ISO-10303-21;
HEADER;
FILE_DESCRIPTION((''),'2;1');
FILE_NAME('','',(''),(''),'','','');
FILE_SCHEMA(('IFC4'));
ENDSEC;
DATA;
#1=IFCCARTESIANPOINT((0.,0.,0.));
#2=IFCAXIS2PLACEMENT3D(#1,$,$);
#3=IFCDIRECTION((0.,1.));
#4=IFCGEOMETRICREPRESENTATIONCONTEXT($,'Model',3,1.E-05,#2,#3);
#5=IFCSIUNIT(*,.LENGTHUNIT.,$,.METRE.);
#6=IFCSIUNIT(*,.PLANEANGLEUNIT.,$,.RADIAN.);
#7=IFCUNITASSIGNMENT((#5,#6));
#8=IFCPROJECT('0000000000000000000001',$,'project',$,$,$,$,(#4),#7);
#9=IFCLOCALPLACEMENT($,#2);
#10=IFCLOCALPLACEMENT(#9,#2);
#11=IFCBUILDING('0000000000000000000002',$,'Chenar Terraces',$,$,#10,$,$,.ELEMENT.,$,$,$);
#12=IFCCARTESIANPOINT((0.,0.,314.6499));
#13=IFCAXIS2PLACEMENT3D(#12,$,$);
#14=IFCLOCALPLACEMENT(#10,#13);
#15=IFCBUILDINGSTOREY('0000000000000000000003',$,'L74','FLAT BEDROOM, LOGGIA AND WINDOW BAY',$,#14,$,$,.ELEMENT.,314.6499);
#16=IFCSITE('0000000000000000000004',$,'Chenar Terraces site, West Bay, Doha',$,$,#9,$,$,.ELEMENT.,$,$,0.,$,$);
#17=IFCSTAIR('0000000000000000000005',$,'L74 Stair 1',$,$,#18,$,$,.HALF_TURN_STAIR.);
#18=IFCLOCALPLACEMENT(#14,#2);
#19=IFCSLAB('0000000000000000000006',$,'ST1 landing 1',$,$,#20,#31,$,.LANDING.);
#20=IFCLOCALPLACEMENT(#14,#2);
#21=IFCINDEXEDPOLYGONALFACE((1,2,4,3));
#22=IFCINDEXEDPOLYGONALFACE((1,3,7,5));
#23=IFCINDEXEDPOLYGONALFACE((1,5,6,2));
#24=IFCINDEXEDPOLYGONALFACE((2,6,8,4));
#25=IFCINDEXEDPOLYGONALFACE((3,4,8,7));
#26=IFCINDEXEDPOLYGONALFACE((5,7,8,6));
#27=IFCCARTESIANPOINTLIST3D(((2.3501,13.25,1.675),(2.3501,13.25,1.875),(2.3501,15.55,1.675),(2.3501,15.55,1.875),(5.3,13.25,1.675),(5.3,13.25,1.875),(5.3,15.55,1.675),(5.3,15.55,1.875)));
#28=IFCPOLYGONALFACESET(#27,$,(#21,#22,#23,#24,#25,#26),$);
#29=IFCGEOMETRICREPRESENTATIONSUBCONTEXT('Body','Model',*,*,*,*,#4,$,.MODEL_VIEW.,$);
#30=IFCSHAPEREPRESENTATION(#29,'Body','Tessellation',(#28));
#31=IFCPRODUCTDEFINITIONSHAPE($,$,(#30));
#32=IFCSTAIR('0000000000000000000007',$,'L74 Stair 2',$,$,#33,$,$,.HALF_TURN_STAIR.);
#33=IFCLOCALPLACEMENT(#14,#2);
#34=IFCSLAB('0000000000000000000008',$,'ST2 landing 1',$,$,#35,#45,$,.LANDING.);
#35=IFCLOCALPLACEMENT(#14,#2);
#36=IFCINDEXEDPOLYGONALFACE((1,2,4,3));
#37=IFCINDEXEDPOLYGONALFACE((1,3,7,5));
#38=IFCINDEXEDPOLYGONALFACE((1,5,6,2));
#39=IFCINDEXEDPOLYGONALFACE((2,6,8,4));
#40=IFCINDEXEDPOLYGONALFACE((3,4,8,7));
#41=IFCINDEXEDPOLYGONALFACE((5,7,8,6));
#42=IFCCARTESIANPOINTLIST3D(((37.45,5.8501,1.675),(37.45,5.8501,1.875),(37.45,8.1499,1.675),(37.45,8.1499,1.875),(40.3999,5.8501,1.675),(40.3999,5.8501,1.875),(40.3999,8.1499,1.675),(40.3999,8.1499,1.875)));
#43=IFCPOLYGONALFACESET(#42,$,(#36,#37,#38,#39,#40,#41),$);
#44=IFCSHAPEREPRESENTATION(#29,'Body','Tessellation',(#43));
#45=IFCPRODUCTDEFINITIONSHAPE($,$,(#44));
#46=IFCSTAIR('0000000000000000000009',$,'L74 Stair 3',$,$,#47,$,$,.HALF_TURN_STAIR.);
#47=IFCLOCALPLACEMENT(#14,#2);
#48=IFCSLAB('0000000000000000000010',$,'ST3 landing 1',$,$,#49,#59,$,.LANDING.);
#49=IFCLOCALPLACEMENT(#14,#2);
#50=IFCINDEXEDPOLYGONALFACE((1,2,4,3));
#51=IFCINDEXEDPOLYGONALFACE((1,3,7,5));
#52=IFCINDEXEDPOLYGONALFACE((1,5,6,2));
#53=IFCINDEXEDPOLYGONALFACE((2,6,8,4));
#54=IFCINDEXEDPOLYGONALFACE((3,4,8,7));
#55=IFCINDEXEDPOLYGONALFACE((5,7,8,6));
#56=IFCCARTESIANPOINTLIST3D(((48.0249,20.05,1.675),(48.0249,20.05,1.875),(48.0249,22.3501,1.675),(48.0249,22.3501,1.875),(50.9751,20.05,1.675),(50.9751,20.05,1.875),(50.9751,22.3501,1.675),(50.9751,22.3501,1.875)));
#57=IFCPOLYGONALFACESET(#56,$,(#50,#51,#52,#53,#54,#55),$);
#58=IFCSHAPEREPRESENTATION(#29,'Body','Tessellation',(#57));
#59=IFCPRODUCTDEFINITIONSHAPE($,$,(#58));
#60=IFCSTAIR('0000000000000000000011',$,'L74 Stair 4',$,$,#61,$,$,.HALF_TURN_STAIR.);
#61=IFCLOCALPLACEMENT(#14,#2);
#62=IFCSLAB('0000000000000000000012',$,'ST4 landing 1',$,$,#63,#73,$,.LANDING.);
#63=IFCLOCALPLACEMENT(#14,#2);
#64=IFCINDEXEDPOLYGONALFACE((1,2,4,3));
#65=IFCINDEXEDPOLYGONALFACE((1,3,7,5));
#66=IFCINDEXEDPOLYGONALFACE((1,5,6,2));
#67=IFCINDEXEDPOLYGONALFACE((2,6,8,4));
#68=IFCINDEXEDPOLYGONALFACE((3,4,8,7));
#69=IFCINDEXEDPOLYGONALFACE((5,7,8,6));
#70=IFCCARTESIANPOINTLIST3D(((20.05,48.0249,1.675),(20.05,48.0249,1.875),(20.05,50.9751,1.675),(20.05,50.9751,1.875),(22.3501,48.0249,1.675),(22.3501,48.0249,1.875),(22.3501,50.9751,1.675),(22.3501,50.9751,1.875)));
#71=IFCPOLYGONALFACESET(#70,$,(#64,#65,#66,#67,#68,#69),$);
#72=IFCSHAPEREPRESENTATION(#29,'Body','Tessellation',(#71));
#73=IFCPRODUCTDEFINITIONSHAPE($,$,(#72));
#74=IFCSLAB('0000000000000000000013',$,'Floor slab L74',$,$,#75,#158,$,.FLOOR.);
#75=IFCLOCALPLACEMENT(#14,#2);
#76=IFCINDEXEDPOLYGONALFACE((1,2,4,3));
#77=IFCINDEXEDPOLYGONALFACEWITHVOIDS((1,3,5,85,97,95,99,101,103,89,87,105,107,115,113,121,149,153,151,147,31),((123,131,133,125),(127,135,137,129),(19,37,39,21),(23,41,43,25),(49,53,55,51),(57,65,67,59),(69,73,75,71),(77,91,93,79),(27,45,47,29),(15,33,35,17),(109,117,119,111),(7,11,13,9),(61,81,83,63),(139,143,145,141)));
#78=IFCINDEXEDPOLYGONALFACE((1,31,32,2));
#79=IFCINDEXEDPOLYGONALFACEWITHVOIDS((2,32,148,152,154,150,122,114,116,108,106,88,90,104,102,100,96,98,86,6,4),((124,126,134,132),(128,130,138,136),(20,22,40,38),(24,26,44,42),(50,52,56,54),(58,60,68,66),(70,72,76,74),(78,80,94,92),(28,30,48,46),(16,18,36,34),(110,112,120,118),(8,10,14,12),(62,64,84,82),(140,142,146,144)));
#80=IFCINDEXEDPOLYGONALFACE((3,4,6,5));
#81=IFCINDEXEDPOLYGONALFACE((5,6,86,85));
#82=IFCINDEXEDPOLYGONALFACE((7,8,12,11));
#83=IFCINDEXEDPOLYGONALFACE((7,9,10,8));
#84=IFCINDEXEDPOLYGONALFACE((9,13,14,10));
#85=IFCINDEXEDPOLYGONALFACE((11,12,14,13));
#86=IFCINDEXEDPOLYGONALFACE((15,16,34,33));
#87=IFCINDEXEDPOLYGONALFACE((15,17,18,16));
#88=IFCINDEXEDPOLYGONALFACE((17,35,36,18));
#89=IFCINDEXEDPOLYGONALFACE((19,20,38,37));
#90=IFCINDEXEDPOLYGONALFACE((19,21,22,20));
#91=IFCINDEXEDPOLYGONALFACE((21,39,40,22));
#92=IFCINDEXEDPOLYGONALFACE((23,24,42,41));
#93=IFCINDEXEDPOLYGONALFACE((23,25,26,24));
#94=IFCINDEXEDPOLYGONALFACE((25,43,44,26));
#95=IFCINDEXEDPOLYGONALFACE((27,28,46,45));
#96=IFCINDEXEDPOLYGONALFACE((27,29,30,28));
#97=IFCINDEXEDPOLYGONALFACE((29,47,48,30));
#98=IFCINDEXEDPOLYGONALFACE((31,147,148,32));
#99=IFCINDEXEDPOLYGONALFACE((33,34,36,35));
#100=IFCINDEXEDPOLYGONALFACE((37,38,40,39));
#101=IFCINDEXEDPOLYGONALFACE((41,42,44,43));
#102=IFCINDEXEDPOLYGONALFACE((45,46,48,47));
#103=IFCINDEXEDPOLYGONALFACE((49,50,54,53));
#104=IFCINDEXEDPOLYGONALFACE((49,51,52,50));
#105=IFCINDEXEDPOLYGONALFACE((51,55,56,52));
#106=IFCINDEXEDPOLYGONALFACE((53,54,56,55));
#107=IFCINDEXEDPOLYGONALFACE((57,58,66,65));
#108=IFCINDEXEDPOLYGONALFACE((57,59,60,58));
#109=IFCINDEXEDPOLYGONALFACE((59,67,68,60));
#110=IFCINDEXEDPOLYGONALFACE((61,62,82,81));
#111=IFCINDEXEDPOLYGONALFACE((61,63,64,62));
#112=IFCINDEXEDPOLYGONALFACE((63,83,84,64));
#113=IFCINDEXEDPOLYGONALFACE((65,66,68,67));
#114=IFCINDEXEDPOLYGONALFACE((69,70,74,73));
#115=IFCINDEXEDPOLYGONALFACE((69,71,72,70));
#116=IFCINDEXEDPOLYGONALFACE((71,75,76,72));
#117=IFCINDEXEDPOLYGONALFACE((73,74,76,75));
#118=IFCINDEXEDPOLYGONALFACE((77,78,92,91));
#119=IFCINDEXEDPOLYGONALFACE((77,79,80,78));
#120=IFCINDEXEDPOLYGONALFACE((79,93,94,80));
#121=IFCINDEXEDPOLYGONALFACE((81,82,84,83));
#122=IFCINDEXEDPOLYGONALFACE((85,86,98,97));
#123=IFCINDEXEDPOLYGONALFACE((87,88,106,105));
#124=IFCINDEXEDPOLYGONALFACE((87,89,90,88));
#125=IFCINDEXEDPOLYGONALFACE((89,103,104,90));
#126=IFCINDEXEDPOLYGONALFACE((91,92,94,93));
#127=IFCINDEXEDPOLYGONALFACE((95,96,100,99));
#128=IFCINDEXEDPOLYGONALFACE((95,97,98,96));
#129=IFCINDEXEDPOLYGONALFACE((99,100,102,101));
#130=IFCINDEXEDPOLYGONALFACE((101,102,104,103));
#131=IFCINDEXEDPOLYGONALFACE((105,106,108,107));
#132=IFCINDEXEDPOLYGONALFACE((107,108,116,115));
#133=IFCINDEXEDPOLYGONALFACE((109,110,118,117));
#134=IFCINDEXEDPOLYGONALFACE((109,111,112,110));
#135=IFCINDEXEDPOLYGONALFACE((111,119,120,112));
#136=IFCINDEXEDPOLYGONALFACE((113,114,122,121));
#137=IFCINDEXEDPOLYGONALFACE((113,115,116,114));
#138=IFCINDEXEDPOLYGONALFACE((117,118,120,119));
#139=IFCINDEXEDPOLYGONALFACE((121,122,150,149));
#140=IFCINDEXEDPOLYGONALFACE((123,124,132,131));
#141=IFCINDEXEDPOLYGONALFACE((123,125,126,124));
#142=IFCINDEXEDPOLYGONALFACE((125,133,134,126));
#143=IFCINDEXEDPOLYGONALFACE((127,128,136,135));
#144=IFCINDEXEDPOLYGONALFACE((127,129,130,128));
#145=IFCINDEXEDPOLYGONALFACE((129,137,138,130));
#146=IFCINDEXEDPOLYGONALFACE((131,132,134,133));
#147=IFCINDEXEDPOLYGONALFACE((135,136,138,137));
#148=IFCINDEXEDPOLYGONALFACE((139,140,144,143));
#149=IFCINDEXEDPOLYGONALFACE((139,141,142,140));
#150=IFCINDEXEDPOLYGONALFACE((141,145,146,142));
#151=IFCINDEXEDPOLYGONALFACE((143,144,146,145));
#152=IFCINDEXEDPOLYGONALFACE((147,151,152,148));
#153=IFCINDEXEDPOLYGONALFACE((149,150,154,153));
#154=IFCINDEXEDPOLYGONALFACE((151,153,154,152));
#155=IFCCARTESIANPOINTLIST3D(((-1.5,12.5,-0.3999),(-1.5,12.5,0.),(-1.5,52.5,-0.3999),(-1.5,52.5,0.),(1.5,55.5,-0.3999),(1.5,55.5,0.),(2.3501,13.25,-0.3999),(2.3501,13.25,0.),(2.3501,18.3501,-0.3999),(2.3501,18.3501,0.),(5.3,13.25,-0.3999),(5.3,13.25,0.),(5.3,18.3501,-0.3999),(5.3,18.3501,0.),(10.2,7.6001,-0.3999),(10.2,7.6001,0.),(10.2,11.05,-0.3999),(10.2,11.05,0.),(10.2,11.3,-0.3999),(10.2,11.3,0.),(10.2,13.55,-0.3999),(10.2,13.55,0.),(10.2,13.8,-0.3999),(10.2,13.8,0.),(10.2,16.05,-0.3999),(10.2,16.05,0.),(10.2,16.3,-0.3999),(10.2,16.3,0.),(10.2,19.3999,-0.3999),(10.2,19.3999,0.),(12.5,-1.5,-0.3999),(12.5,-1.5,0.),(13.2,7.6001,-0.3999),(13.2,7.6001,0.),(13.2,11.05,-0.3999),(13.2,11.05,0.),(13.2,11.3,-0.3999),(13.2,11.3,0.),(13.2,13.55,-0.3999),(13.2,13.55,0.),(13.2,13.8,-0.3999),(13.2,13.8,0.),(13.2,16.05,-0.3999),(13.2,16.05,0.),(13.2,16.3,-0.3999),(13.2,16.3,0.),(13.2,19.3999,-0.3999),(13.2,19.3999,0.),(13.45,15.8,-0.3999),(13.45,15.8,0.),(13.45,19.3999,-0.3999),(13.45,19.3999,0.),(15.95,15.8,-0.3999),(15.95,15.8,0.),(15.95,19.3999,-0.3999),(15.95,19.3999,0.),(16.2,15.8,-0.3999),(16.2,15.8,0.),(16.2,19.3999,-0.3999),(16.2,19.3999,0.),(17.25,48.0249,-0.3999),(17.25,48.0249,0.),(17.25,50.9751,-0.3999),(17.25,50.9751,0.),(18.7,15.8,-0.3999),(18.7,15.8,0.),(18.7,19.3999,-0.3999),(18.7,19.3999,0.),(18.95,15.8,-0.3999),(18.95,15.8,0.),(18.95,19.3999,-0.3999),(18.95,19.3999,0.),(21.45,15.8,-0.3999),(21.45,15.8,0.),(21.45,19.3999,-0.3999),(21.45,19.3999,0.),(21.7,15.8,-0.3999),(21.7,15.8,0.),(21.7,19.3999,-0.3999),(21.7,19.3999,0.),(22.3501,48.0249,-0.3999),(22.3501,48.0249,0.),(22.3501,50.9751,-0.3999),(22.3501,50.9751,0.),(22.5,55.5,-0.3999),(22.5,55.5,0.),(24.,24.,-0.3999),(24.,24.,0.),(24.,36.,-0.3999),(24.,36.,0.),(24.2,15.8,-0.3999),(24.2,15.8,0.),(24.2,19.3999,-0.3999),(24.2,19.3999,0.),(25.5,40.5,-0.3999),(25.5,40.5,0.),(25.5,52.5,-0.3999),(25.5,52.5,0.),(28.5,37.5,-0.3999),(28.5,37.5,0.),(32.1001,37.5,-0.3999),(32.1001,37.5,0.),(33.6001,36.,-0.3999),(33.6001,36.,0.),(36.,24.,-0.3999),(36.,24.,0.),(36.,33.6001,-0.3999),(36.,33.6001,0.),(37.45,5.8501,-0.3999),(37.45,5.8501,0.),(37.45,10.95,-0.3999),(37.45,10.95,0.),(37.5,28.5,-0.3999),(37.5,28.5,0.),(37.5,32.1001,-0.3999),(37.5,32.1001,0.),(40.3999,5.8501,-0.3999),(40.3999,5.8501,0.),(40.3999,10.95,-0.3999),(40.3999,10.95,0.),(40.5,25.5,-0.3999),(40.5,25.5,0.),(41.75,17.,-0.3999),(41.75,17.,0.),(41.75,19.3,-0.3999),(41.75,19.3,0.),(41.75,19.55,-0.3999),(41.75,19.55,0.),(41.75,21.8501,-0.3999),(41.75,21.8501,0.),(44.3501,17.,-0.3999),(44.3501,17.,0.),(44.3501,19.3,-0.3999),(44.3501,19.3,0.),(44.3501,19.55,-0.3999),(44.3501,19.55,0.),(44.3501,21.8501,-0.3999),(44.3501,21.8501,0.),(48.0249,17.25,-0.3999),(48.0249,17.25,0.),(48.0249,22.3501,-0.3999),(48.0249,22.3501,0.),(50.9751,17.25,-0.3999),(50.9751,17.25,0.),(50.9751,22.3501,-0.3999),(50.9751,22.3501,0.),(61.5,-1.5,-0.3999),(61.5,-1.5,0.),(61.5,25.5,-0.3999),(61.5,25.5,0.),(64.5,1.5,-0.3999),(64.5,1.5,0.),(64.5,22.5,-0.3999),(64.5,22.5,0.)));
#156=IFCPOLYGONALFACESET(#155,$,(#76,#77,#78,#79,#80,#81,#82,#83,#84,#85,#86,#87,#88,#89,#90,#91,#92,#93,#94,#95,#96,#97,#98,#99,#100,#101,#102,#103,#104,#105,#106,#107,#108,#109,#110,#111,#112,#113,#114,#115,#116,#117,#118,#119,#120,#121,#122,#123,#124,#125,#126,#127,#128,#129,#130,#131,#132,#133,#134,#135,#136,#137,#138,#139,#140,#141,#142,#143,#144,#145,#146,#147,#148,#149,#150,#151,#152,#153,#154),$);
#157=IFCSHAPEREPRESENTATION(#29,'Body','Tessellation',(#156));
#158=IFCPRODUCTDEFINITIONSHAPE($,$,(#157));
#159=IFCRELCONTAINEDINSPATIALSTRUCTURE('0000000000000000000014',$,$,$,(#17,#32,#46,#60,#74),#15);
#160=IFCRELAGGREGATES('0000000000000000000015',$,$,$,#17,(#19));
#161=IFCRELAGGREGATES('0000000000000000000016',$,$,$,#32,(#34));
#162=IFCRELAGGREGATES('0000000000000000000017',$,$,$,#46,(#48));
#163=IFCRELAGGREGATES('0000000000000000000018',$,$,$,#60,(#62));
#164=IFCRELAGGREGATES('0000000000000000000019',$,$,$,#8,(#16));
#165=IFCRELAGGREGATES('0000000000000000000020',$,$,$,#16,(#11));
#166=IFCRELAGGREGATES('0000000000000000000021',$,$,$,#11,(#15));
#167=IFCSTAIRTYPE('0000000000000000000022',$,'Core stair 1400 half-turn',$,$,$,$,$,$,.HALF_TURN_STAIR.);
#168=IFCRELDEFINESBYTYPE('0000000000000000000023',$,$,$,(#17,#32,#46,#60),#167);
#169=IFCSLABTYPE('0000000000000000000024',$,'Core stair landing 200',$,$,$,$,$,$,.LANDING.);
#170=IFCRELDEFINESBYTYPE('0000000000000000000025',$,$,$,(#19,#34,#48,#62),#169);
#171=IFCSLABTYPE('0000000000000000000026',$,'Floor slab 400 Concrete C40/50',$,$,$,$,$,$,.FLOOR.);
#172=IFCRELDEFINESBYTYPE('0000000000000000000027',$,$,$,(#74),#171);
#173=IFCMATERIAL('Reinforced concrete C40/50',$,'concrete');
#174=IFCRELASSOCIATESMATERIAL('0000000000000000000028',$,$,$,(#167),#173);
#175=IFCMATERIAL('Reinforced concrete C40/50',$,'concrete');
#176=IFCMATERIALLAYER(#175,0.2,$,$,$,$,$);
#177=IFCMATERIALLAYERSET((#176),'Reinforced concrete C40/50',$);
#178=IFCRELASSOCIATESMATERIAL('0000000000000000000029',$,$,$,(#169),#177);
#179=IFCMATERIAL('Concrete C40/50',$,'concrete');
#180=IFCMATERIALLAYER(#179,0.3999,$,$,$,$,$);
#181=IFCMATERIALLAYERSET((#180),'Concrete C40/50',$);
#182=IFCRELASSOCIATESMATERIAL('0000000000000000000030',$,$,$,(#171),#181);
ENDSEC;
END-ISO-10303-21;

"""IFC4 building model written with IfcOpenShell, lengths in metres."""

from ifc_helpers import new_model, si_unit, direction, frame, origin, place, context, subcontext, project, spatial, polyline, outline, extrude, material, layer, layer_set, type_object, element, aggregate, save


model = new_model("IFC4")

# Units and contexts
model_context = context("Model", 3, precision=1e-05, world=origin(), true_north=direction((0.0, 1.0)))
body_context = subcontext(model_context, "Body", "Model", "MODEL_VIEW")
ifc_project = project(units=[si_unit("LENGTHUNIT", "METRE"), si_unit("PLANEANGLEUNIT", "RADIAN")], contexts=[model_context])

# Site, building, storey
site_placement = place(None, origin())
site = spatial("IfcSite", under=ifc_project, at=site_placement, Name="Chenar Terraces site, West Bay, Doha", CompositionType="ELEMENT", RefElevation=0.0)
building_placement = place(site_placement, origin())
building = spatial("IfcBuilding", under=site, at=building_placement, Name="Chenar Terraces", CompositionType="ELEMENT")
storey_placement = place(building_placement, frame((0.0, 0.0, 314.6499)))
storey = spatial("IfcBuildingStorey", under=building, at=storey_placement, Name="L74", Description="FLAT BEDROOM, LOGGIA AND WINDOW BAY", CompositionType="ELEMENT", Elevation=314.6499)

# Stairs, slabs
ifc_material_1 = material(Name="Reinforced concrete C40/50", Category="concrete")
stair_type = type_object("IfcStairType", Name="Core stair 1400 half-turn", PredefinedType="HALF_TURN_STAIR", material=ifc_material_1)
placement_1 = place(storey_placement, origin())
stair_1 = element("IfcStair", 1, at=placement_1, inside=storey, type_object=stair_type, Name="L74 Stair 1", PredefinedType="HALF_TURN_STAIR")
ifc_material_2 = material(Name="Reinforced concrete C40/50", Category="concrete")
ifc_layer_1 = layer(ifc_material_2, 0.2)
ifc_layer_set_1 = layer_set([ifc_layer_1], Name="Reinforced concrete C40/50")
slab_type_1 = type_object("IfcSlabType", Name="Core stair landing 200", PredefinedType="LANDING", material=ifc_layer_set_1)
placement_2 = place(storey_placement, frame((0.0, 0.0, 1.675)))
slab_1 = element("IfcSlab", 2, at=placement_2, type_object=slab_type_1, Name="ST1 landing 1", PredefinedType="LANDING", context=body_context, shape_type="SweptSolid", body=[
    extrude(outline(polyline([(2.3501, 15.55), (2.3501, 13.25), (5.3, 13.25), (5.3, 15.55), (2.3501, 15.55)])), origin(), (0.0, 0.0, 1.0), 0.2),
])
aggregate(stair_1, [slab_1])
stair_2 = element("IfcStair", 3, at=placement_1, inside=storey, type_object=stair_type, Name="L74 Stair 2", PredefinedType="HALF_TURN_STAIR")
slab_2 = element("IfcSlab", 4, at=placement_2, type_object=slab_type_1, Name="ST2 landing 1", PredefinedType="LANDING", context=body_context, shape_type="SweptSolid", body=[
    extrude(outline(polyline([(37.45, 8.1499), (37.45, 5.8501), (40.3999, 5.8501), (40.3999, 8.1499), (37.45, 8.1499)])), origin(), (0.0, 0.0, 1.0), 0.2),
])
aggregate(stair_2, [slab_2])
stair_3 = element("IfcStair", 5, at=placement_1, inside=storey, type_object=stair_type, Name="L74 Stair 3", PredefinedType="HALF_TURN_STAIR")
slab_3 = element("IfcSlab", 6, at=placement_2, type_object=slab_type_1, Name="ST3 landing 1", PredefinedType="LANDING", context=body_context, shape_type="SweptSolid", body=[
    extrude(outline(polyline([(50.9751, 20.05), (50.9751, 22.3501), (48.0249, 22.3501), (48.0249, 20.05), (50.9751, 20.05)])), origin(), (0.0, 0.0, 1.0), 0.2),
])
aggregate(stair_3, [slab_3])
stair_4 = element("IfcStair", 7, at=placement_1, inside=storey, type_object=stair_type, Name="L74 Stair 4", PredefinedType="HALF_TURN_STAIR")
slab_4 = element("IfcSlab", 8, at=placement_2, type_object=slab_type_1, Name="ST4 landing 1", PredefinedType="LANDING", context=body_context, shape_type="SweptSolid", body=[
    extrude(outline(polyline([(20.05, 48.0249), (22.3501, 48.0249), (22.3501, 50.9751), (20.05, 50.9751), (20.05, 48.0249)])), origin(), (0.0, 0.0, 1.0), 0.2),
])
aggregate(stair_4, [slab_4])

# Slab
ifc_material_3 = material(Name="Concrete C40/50", Category="concrete")
ifc_layer_2 = layer(ifc_material_3, 0.3999)
ifc_layer_set_2 = layer_set([ifc_layer_2], Name="Concrete C40/50")
slab_type_2 = type_object("IfcSlabType", Name="Floor slab 400 Concrete C40/50", PredefinedType="FLOOR", material=ifc_layer_set_2)
slab_5_placement = place(storey_placement, frame((0.0, 0.0, -0.3999)))
element("IfcSlab", 9, at=slab_5_placement, inside=storey, type_object=slab_type_2, Name="Floor slab L74", PredefinedType="FLOOR", context=body_context, shape_type="SweptSolid", body=[
    extrude(outline(polyline([(64.5, 22.5), (64.5, 1.5), (61.5, -1.5), (12.5, -1.5), (-1.5, 12.5), (-1.5, 52.5), (1.5, 55.5), (22.5, 55.5), (25.5, 52.5), (25.5, 40.5), (28.5, 37.5), (32.1001, 37.5), (33.6001, 36.0), (24.0, 36.0), (24.0, 24.0), (36.0, 24.0), (36.0, 33.6001), (37.5, 32.1001), (37.5, 28.5), (40.5, 25.5), (61.5, 25.5), (64.5, 22.5)]), holes=[polyline([(10.2, 11.05), (10.2, 7.6001), (13.2, 7.6001), (13.2, 11.05), (10.2, 11.05)]), polyline([(13.2, 13.55), (10.2, 13.55), (10.2, 11.3), (13.2, 11.3), (13.2, 13.55)]), polyline([(13.2, 16.05), (10.2, 16.05), (10.2, 13.8), (13.2, 13.8), (13.2, 16.05)]), polyline([(2.3501, 13.25), (5.3, 13.25), (5.3, 18.3501), (2.3501, 18.3501), (2.3501, 13.25)]), polyline([(15.95, 19.3999), (13.45, 19.3999), (13.45, 15.8), (15.95, 15.8), (15.95, 19.3999)]), polyline([(18.7, 19.3999), (16.2, 19.3999), (16.2, 15.8), (18.7, 15.8), (18.7, 19.3999)]), polyline([(13.2, 19.3999), (10.2, 19.3999), (10.2, 16.3), (13.2, 16.3), (13.2, 19.3999)]), polyline([(22.3501, 48.0249), (22.3501, 50.9751), (17.25, 50.9751), (17.25, 48.0249), (22.3501, 48.0249)]), polyline([(37.45, 5.8501), (40.3999, 5.8501), (40.3999, 10.95), (37.45, 10.95), (37.45, 5.8501)]), polyline([(21.45, 19.3999), (18.95, 19.3999), (18.95, 15.8), (21.45, 15.8), (21.45, 19.3999)]), polyline([(24.2, 19.3999), (21.7, 19.3999), (21.7, 15.8), (24.2, 15.8), (24.2, 19.3999)]), polyline([(44.3501, 19.3), (41.75, 19.3), (41.75, 17.0), (44.3501, 17.0), (44.3501, 19.3)]), polyline([(50.9751, 22.3501), (48.0249, 22.3501), (48.0249, 17.25), (50.9751, 17.25), (50.9751, 22.3501)]), polyline([(44.3501, 21.8501), (41.75, 21.8501), (41.75, 19.55), (44.3501, 19.55), (44.3501, 21.8501)])]), origin(), (0.0, 0.0, 1.0), 0.3999),
])

save(model, "model.ifc")
